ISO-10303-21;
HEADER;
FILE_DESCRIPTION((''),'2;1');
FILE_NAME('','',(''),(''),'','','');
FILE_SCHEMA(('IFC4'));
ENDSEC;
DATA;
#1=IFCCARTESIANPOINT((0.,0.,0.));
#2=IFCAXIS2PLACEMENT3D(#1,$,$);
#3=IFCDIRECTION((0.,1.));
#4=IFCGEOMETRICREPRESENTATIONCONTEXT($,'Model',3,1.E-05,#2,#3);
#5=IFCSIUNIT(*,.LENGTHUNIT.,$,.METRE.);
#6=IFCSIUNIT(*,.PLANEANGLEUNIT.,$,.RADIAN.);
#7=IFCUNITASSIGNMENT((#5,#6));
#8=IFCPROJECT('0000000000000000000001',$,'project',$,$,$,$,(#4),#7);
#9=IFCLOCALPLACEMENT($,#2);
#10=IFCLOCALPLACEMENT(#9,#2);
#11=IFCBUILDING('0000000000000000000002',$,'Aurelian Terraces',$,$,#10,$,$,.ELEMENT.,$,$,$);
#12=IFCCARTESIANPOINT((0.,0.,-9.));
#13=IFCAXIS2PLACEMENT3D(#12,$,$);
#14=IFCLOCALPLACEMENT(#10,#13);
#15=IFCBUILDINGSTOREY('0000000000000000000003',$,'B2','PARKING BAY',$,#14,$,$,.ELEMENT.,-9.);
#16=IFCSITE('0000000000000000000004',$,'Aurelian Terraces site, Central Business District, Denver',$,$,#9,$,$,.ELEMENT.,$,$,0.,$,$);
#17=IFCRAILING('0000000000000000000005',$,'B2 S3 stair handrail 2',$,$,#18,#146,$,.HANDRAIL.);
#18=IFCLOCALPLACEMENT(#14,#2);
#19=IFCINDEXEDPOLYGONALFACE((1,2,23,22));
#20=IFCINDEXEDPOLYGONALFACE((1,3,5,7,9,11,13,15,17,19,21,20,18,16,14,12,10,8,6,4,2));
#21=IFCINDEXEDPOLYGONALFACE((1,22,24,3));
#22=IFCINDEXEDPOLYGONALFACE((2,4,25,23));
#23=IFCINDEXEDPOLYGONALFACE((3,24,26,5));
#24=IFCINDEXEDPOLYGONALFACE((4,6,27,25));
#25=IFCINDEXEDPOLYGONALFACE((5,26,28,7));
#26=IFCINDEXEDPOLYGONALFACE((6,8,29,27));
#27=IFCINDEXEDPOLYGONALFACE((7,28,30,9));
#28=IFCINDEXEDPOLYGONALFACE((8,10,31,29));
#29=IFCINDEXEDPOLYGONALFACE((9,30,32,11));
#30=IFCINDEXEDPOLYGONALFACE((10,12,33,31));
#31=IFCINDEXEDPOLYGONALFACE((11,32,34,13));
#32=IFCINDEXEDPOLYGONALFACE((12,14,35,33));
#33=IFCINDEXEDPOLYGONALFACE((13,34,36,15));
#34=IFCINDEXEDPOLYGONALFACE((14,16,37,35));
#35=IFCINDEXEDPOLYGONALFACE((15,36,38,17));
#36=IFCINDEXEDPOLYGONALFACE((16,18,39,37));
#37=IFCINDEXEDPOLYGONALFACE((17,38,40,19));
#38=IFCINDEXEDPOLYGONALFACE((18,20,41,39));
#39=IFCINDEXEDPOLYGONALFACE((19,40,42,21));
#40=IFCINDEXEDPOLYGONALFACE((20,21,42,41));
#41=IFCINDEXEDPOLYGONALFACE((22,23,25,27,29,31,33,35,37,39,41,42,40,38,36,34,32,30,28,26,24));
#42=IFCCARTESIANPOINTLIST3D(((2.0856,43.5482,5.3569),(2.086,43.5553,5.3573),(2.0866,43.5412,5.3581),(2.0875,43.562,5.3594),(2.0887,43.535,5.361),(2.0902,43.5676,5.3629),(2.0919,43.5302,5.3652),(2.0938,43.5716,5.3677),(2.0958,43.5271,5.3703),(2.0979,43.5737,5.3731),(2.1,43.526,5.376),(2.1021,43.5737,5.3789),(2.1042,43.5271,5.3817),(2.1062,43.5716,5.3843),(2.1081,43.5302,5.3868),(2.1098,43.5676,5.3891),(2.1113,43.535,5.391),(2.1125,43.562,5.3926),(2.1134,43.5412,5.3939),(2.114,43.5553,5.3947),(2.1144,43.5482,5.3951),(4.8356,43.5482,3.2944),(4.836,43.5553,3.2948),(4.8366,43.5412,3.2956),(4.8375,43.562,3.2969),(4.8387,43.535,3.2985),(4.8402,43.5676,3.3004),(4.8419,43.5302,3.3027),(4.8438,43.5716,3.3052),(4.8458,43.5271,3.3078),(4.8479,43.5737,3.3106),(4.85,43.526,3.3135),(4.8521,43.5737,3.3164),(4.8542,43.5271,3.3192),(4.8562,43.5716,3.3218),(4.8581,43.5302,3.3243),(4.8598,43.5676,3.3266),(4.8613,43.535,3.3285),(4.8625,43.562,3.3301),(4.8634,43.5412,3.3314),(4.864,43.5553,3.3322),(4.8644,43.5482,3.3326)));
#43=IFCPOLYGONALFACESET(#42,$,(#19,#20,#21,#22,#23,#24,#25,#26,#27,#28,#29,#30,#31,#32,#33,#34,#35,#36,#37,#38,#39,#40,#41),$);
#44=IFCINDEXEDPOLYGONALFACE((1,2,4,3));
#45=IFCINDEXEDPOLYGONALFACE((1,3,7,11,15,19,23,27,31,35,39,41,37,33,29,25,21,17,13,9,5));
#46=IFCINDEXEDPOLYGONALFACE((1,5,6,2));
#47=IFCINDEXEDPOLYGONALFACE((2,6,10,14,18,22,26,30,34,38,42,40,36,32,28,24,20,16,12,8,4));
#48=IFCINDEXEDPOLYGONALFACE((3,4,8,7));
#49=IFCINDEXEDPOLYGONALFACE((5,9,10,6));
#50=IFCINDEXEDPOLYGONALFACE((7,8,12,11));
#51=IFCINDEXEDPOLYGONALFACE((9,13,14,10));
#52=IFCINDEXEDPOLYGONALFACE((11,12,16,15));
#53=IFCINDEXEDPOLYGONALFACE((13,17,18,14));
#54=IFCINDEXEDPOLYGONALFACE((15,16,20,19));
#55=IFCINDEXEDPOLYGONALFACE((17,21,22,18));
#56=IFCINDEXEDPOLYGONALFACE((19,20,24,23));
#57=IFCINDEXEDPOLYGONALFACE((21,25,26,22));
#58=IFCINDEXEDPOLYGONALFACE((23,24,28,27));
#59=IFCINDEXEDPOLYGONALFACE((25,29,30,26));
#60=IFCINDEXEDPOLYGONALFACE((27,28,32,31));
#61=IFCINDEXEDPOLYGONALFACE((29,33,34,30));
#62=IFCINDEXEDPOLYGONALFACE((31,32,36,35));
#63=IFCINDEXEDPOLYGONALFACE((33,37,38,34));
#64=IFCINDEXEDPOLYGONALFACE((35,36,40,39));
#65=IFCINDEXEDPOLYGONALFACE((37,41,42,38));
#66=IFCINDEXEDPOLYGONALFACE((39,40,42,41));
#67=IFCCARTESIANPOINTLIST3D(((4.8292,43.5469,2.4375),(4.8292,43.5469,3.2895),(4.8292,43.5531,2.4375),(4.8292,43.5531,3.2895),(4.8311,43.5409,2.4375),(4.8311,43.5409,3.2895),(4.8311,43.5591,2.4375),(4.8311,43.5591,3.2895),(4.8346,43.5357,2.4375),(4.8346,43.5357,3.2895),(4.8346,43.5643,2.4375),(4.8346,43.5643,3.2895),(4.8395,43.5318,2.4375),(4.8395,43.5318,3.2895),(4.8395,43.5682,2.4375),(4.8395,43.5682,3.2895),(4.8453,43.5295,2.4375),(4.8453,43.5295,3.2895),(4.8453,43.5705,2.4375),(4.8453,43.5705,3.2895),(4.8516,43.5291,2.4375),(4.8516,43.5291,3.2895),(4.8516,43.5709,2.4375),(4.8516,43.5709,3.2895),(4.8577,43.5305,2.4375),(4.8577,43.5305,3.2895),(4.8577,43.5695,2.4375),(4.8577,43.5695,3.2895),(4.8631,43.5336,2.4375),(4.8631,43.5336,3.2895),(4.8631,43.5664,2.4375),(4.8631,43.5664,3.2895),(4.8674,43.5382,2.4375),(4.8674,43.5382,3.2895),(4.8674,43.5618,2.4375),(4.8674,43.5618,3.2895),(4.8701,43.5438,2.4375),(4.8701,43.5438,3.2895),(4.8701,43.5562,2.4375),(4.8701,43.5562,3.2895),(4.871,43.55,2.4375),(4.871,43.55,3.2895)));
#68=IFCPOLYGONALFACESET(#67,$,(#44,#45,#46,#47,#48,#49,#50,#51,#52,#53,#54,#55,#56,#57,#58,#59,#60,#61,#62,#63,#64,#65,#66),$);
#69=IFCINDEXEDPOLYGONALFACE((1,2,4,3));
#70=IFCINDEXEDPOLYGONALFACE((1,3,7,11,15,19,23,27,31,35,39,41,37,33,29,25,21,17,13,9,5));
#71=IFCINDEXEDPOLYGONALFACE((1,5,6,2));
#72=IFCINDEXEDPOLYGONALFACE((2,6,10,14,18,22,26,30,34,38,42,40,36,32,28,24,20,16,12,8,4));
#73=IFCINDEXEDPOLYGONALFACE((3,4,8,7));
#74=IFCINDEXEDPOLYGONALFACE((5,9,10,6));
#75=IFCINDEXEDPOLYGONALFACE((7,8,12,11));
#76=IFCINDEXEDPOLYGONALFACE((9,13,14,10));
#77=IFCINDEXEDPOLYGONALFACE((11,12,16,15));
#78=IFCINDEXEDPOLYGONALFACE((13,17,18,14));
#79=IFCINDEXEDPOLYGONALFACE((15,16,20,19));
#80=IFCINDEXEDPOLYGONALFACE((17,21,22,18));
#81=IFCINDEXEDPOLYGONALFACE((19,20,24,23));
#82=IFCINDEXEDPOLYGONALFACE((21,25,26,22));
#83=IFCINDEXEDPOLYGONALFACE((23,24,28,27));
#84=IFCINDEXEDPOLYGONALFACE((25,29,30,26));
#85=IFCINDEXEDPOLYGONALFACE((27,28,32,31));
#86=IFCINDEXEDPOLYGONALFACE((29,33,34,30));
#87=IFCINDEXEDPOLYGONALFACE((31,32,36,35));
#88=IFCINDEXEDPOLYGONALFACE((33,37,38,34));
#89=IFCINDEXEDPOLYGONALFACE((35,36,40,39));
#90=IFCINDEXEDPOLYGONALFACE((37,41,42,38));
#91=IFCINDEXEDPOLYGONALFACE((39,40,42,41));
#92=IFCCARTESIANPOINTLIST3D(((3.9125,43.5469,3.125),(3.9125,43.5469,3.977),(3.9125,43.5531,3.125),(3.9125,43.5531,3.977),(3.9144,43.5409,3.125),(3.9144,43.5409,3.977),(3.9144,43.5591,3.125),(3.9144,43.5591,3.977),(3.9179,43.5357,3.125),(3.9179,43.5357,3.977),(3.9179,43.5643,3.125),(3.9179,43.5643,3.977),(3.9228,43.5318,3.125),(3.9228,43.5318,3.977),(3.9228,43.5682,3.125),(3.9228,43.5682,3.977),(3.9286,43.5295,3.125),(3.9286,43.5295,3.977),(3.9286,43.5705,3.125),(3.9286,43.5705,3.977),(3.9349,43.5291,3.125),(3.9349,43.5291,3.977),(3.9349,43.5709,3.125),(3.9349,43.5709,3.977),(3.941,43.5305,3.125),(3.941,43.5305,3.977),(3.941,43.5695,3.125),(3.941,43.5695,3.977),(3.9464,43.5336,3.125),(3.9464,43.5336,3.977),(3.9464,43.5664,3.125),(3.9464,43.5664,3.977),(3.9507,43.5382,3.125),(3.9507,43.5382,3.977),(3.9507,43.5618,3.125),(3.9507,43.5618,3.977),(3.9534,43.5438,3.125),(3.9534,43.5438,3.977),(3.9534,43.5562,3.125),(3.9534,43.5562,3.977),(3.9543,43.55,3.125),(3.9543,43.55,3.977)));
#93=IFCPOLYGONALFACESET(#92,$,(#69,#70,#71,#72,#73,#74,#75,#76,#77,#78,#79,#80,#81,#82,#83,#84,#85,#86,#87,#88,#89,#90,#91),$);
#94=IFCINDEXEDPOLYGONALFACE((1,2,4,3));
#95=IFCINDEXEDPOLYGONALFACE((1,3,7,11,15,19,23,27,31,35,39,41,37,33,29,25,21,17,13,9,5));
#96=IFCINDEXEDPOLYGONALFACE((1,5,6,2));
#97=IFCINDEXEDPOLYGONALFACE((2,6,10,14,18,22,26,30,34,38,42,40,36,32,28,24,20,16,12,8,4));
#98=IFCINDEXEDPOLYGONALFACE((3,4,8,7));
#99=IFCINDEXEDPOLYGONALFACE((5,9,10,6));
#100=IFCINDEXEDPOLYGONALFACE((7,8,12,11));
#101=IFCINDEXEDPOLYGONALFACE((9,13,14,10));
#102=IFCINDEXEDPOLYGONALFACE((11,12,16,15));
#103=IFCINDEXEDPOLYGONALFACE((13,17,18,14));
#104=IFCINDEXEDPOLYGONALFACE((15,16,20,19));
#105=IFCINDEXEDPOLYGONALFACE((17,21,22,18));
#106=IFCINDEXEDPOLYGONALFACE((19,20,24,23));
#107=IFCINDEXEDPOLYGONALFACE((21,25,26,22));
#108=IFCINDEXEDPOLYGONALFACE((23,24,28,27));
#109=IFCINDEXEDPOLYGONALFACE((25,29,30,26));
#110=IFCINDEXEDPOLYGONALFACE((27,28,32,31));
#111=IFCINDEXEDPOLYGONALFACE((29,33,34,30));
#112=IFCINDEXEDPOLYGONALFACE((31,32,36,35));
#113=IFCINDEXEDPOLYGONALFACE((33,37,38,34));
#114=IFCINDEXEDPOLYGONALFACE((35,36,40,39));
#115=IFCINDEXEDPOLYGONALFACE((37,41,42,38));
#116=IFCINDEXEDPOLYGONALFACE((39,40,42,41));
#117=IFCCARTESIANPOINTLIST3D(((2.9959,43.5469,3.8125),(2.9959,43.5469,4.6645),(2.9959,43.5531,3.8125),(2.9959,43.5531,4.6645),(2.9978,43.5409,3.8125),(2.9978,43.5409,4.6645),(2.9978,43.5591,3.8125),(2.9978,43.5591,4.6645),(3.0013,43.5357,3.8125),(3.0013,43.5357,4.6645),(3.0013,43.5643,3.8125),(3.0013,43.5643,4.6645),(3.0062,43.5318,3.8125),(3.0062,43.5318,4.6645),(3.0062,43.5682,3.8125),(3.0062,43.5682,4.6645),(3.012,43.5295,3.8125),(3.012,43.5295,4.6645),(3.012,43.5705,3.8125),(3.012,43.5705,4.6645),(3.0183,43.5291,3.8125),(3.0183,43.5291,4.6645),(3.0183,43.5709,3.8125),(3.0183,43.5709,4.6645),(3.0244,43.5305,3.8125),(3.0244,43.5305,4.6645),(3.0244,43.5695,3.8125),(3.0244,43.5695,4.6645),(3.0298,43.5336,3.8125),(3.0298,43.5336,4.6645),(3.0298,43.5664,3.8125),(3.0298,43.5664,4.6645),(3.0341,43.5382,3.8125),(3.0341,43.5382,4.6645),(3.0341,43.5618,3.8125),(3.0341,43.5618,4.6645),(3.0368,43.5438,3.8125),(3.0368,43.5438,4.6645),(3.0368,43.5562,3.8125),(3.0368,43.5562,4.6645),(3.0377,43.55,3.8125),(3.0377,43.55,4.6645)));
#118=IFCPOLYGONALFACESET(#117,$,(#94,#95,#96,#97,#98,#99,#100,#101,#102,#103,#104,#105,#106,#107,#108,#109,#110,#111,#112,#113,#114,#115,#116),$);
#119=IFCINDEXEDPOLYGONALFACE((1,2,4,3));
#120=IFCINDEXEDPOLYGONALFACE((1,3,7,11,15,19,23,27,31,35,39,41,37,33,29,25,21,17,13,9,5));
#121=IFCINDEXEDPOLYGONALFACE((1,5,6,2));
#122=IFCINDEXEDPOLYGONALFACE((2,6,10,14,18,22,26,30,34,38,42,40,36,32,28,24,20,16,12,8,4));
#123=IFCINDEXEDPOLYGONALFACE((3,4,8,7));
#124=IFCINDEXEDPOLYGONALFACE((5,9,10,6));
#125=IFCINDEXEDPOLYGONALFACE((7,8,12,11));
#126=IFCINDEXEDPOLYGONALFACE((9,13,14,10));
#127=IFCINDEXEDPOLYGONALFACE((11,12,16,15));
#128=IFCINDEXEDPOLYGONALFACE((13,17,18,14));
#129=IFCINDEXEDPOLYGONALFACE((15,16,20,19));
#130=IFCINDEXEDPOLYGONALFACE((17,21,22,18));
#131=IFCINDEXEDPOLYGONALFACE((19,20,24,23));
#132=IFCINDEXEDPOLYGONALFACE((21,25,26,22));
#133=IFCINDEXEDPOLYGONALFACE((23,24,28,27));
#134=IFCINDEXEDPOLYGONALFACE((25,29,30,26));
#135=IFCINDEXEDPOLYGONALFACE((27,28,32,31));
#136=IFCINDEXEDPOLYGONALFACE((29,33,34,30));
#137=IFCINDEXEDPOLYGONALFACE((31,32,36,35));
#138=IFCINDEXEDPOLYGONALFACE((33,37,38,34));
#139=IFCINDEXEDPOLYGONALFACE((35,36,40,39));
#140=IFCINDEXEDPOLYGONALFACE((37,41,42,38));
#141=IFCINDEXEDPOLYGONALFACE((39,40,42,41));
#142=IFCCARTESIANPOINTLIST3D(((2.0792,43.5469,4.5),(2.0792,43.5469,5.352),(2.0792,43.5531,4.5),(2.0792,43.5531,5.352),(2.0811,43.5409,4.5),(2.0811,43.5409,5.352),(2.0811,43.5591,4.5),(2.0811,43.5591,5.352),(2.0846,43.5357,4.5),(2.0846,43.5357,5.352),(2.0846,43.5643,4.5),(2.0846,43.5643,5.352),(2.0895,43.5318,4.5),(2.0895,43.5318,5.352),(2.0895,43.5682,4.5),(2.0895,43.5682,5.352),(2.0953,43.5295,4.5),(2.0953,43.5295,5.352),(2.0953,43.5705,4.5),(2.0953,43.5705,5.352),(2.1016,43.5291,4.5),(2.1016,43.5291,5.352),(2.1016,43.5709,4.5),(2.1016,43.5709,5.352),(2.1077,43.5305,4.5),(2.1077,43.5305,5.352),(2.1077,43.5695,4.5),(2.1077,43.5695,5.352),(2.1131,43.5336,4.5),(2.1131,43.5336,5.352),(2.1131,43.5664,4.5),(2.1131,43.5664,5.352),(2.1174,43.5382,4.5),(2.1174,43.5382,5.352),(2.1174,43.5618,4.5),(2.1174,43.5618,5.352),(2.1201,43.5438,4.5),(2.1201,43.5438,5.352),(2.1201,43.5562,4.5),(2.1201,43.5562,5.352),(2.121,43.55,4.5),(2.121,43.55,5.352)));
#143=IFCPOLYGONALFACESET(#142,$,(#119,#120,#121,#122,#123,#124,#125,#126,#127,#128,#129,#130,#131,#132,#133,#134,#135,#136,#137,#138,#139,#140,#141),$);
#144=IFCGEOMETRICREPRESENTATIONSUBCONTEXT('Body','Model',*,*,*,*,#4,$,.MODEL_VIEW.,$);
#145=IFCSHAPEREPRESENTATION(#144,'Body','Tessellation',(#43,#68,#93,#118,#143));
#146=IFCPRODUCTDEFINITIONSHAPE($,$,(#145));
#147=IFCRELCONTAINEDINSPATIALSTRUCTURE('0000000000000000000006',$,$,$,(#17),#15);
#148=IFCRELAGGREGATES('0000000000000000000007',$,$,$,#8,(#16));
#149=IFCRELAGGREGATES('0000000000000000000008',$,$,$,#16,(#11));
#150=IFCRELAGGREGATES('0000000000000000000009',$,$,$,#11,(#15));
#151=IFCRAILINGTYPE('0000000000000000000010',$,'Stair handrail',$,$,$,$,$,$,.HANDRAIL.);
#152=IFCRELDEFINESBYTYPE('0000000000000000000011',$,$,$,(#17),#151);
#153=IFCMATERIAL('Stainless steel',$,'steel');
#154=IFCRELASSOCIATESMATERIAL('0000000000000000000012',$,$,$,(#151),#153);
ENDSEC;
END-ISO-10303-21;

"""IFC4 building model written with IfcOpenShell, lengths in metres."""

from ifc_helpers import new_model, si_unit, direction, frame, origin, origin_2d, place, context, subcontext, project, spatial, circle, extrude, source, transform, mapped, material, type_object, element, save


model = new_model("IFC4")

# Units and contexts
model_context = context("Model", 3, precision=1e-05, world=origin(), true_north=direction((0.0, 1.0)))
body_context = subcontext(model_context, "Body", "Model", "MODEL_VIEW")
ifc_project = project(units=[si_unit("LENGTHUNIT", "METRE"), si_unit("PLANEANGLEUNIT", "RADIAN")], contexts=[model_context])

# Site, building, storey
site_placement = place(None, origin())
site = spatial("IfcSite", under=ifc_project, at=site_placement, Name="Aurelian Terraces site, Central Business District, Denver", CompositionType="ELEMENT", RefElevation=0.0)
building_placement = place(site_placement, origin())
building = spatial("IfcBuilding", under=site, at=building_placement, Name="Aurelian Terraces", CompositionType="ELEMENT")
storey_placement = place(building_placement, frame((0.0, 0.0, -9.0)))
storey = spatial("IfcBuildingStorey", under=building, at=storey_placement, Name="B2", Description="PARKING BAY", CompositionType="ELEMENT", Elevation=-9.0)

# Railing
ifc_material_1 = material(Name="Stainless steel", Category="steel")
railing_type_1 = type_object("IfcRailingType", Name="Stair handrail", PredefinedType="HANDRAIL", material=ifc_material_1)
shared_shape_1 = source(origin(), body_context, "Body", "SweptSolid", [
    extrude(circle(Radius=0.024, at=origin_2d()), frame((0.0, 0.0, 0.876), z_axis=(-0.8, 0.0, 0.6), x_axis=(0.0, -1.0, 0.0)), (0.0, 0.0, 1.0), 3.4375),
    extrude(circle(Radius=0.021, at=origin_2d()), origin(), (0.0, 0.0, 1.0), 0.852),
    extrude(circle(Radius=0.021, at=origin_2d()), frame((-0.9167, 0.0, 0.6875)), (0.0, 0.0, 1.0), 0.852),
    extrude(circle(Radius=0.021, at=origin_2d()), frame((-1.8333, 0.0, 1.375)), (0.0, 0.0, 1.0), 0.852),
    extrude(circle(Radius=0.021, at=origin_2d()), frame((-2.75, 0.0, 2.0625)), (0.0, 0.0, 1.0), 0.852),
])
railing_1_placement = place(storey_placement, frame((4.85, 43.55, 2.4375)))
element("IfcRailing", 1, at=railing_1_placement, inside=storey, type_object=railing_type_1, Name="B2 S3 stair handrail 2", PredefinedType="HANDRAIL", context=body_context, shape_type="MappedRepresentation", body=[
    mapped(shared_shape_1, transform((0.0, 0.0, 0.0), scale=1.0)),
])

save(model, "model.ifc")
